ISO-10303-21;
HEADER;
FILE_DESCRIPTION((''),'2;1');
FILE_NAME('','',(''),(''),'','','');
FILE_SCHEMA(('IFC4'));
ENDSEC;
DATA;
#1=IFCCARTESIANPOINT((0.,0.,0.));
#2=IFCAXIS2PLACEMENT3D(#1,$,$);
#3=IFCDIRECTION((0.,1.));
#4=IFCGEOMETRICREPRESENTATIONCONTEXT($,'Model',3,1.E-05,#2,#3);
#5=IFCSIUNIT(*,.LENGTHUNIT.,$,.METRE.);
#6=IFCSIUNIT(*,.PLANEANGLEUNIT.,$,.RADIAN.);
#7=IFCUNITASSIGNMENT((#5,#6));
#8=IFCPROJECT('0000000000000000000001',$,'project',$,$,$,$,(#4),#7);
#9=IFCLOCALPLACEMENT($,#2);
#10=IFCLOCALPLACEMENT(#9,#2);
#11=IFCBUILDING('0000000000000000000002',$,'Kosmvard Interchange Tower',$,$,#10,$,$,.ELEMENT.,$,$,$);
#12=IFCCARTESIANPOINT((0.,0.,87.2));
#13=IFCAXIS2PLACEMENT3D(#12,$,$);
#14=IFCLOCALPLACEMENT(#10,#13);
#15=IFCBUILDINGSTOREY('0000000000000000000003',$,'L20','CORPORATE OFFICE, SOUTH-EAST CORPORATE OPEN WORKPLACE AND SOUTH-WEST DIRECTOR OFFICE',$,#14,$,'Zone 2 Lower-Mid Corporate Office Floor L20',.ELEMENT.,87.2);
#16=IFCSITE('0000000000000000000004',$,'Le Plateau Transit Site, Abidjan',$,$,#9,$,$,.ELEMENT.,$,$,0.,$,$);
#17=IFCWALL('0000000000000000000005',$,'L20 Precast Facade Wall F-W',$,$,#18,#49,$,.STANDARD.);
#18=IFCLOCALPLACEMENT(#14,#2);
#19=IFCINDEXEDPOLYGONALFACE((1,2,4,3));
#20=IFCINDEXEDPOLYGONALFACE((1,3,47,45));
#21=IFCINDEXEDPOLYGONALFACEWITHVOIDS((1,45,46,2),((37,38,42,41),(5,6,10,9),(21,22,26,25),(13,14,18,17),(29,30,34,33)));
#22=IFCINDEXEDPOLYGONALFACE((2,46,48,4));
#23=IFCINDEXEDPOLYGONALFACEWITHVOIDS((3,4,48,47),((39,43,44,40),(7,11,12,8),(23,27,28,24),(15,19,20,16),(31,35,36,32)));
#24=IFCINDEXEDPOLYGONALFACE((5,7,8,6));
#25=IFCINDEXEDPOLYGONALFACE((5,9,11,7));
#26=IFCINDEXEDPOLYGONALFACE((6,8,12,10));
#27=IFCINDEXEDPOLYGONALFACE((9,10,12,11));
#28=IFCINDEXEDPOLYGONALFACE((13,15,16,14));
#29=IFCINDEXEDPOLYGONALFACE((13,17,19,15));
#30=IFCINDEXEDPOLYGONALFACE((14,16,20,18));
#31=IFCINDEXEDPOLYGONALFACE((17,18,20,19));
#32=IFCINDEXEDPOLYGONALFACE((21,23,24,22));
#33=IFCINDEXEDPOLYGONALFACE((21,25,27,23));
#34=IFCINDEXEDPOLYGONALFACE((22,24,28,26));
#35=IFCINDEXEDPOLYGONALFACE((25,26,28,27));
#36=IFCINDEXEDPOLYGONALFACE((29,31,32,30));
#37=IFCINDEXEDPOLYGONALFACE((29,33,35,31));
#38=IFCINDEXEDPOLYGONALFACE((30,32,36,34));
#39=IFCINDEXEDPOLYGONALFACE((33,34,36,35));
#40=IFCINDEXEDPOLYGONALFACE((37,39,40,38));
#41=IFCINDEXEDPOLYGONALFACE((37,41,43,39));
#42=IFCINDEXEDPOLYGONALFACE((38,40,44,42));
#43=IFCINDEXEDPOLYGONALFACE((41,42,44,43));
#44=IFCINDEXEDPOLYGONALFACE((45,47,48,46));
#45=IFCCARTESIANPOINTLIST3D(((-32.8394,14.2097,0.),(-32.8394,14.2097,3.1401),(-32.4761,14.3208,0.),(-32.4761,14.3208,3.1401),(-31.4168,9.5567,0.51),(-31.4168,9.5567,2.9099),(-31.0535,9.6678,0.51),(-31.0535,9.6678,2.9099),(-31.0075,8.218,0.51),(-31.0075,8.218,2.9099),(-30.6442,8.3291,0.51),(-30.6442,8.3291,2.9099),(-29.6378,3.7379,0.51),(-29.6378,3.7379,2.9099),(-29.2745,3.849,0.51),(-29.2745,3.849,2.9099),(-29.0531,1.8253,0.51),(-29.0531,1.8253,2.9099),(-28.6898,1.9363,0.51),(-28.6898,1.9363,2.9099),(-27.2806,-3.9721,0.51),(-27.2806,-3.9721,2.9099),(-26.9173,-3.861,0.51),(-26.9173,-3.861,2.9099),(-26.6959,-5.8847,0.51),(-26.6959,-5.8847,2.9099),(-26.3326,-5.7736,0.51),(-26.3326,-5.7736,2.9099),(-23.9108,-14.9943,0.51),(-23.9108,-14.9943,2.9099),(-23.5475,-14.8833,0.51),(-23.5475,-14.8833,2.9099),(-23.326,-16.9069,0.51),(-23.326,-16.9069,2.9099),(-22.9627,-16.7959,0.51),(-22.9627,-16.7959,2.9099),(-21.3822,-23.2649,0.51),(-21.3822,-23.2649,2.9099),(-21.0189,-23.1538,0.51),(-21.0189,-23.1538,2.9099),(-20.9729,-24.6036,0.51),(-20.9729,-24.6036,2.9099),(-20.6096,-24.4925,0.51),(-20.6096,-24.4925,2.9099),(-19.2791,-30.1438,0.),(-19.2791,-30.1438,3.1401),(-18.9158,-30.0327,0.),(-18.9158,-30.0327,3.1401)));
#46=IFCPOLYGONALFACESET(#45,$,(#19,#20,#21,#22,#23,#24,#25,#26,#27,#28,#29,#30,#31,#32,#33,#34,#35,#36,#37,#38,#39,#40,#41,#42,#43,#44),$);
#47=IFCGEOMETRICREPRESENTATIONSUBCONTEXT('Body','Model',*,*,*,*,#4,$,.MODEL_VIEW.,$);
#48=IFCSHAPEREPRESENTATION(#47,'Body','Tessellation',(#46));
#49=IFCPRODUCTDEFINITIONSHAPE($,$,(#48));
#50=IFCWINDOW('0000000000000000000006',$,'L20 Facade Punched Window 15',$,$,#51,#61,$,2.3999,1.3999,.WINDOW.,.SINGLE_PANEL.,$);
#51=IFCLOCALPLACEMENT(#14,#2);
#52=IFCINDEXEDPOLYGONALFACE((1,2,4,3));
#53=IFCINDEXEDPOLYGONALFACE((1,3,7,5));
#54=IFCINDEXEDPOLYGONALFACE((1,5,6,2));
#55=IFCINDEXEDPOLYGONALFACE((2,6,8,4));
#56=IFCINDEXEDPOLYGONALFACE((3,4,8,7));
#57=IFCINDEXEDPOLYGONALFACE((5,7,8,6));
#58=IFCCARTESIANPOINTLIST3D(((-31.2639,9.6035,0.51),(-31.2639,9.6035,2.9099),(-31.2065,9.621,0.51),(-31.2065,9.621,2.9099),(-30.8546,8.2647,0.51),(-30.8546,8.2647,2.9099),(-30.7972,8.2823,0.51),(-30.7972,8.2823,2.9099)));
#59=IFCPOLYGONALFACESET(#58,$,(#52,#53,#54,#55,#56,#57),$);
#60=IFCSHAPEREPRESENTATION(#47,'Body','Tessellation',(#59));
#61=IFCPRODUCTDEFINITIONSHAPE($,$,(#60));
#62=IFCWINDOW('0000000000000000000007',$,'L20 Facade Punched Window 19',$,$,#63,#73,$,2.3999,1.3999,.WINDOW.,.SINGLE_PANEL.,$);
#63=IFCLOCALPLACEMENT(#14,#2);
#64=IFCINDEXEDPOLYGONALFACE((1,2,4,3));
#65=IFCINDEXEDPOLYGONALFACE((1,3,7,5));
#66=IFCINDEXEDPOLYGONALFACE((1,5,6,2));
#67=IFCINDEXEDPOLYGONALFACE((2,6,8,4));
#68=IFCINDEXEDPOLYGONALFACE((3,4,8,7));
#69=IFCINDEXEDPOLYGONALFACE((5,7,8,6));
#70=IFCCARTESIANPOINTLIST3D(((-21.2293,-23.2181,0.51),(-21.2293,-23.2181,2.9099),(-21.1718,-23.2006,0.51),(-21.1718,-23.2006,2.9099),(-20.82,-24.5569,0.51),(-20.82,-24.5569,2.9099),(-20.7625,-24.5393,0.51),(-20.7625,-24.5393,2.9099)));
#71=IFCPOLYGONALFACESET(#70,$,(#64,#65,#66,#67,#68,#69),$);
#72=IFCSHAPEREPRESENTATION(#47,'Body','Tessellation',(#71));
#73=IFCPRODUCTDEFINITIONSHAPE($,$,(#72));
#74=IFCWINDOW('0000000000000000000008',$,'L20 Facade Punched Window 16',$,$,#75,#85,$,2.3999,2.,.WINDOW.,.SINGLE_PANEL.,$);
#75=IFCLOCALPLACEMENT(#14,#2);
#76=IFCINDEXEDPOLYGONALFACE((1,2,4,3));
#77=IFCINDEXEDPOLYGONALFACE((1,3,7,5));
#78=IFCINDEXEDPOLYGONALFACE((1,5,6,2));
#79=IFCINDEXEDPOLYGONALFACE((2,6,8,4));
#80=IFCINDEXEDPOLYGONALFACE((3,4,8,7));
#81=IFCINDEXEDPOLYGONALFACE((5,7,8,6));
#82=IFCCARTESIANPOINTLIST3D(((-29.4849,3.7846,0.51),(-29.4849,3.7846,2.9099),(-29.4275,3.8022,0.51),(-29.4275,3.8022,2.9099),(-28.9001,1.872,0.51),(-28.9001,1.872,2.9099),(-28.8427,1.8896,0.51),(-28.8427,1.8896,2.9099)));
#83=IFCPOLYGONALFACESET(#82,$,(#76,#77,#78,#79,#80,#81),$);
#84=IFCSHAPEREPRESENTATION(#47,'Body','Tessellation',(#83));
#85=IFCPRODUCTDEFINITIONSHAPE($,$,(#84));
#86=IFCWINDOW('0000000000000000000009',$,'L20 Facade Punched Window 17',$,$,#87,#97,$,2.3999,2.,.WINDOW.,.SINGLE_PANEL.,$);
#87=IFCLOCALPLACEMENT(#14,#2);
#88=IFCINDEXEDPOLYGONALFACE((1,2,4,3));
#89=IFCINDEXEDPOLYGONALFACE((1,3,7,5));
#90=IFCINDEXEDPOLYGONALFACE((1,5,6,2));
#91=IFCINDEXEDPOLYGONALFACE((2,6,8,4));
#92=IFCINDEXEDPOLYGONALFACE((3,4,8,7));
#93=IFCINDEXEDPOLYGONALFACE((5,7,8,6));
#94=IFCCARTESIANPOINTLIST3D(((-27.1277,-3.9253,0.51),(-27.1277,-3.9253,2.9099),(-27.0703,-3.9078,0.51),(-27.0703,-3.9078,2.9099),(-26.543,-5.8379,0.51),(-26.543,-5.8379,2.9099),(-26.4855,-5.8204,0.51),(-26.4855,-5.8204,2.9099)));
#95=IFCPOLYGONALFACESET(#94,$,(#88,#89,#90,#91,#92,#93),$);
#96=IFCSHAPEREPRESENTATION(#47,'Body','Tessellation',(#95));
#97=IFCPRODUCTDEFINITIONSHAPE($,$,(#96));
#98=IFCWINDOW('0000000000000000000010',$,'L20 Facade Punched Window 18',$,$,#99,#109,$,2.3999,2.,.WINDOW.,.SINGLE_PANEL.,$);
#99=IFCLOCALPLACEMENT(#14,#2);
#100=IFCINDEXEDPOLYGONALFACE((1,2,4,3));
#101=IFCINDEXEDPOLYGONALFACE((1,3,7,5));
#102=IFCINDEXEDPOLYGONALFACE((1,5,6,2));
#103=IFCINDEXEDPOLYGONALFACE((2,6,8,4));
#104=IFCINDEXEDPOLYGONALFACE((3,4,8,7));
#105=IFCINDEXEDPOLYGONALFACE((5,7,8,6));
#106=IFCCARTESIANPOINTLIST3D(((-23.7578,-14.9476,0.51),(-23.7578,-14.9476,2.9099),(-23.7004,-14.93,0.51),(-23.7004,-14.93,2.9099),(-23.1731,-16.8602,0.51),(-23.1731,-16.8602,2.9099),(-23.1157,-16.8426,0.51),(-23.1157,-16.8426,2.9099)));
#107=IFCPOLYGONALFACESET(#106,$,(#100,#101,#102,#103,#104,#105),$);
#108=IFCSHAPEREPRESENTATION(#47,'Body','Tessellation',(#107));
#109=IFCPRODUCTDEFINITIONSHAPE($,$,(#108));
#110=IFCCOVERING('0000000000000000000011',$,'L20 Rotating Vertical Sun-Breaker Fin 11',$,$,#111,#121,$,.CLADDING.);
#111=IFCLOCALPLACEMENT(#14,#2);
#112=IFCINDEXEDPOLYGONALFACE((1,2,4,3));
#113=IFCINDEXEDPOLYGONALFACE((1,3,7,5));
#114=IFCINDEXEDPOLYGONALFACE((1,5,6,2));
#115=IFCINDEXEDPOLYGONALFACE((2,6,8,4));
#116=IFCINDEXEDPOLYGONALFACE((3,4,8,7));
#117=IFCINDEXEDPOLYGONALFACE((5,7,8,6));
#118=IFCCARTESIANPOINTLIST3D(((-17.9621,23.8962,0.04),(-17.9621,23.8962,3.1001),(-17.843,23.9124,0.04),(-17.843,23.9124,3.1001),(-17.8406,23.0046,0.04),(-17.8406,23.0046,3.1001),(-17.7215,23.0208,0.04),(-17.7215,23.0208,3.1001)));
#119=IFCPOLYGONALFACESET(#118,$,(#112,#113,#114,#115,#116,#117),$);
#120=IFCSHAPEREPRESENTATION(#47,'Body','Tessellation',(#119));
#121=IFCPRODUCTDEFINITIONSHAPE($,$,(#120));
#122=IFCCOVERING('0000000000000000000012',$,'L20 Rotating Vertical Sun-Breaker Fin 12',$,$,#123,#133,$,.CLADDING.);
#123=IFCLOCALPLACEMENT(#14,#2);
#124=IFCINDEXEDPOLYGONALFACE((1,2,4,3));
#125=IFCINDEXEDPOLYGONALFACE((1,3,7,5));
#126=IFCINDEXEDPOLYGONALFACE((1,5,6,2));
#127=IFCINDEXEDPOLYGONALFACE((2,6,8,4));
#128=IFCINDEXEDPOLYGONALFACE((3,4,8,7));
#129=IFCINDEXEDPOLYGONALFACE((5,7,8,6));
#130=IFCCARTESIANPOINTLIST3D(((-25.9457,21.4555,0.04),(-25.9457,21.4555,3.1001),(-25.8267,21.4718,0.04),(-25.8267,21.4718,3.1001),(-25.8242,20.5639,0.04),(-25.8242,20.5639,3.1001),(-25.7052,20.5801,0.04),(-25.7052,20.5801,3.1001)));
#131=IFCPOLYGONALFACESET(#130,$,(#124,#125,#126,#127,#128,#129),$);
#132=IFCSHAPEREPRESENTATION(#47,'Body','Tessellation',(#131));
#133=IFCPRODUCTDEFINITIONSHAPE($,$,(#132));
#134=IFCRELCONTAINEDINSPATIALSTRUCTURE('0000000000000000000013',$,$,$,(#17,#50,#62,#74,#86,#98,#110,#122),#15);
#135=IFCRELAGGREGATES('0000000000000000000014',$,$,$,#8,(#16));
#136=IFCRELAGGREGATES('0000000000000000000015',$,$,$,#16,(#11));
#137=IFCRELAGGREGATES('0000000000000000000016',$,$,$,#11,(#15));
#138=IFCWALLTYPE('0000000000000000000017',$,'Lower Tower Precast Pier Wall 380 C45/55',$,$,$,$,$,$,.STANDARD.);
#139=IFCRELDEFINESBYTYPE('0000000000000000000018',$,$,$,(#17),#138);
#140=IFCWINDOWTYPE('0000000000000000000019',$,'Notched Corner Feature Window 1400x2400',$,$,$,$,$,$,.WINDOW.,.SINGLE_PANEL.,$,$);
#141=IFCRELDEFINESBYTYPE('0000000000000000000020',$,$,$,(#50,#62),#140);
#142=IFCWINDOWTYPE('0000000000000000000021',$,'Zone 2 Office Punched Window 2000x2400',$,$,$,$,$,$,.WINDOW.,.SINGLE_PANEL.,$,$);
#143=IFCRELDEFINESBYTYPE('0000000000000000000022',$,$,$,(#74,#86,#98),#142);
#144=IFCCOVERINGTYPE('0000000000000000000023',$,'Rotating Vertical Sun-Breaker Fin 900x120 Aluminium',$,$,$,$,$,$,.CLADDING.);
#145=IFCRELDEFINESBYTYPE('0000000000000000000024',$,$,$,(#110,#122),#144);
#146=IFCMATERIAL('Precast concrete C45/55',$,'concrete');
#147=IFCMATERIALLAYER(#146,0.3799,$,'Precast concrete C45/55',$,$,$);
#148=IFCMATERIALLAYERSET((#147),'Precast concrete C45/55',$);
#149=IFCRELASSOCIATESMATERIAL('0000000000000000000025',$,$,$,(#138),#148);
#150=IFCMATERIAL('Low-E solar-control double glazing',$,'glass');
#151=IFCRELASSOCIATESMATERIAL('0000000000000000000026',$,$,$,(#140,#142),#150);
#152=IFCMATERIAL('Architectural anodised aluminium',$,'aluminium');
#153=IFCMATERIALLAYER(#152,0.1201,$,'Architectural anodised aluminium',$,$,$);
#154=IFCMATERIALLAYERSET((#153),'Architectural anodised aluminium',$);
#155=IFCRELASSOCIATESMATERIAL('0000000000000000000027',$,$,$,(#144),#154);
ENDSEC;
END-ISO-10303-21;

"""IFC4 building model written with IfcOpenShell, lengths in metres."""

from ifc_helpers import new_model, si_unit, direction, frame, frame_2d, origin, origin_2d, place, context, subcontext, project, spatial, rectangle, extrude, source, transform, mapped, material, layer, layer_set, type_object, element, fill, save


model = new_model("IFC4")

# Units and contexts
model_context = context("Model", 3, precision=1e-05, world=origin(), true_north=direction((0.0, 1.0)))
body_context = subcontext(model_context, "Body", "Model", "MODEL_VIEW")
ifc_project = project(units=[si_unit("LENGTHUNIT", "METRE"), si_unit("PLANEANGLEUNIT", "RADIAN")], contexts=[model_context])

# Site, building, storey
site_placement = place(None, origin())
site = spatial("IfcSite", under=ifc_project, at=site_placement, Name="Le Plateau Transit Site, Abidjan", CompositionType="ELEMENT", RefElevation=0.0)
building_placement = place(site_placement, origin())
building = spatial("IfcBuilding", under=site, at=building_placement, Name="Kosmvard Interchange Tower", CompositionType="ELEMENT")
storey_placement = place(building_placement, frame((0.0, 0.0, 87.2)))
storey = spatial("IfcBuildingStorey", under=building, at=storey_placement, Name="L20", Description="CORPORATE OFFICE, SOUTH-EAST CORPORATE OPEN WORKPLACE AND SOUTH-WEST DIRECTOR OFFICE", LongName="Zone 2 Lower-Mid Corporate Office Floor L20", CompositionType="ELEMENT", Elevation=87.2)

# Shared definitions
ifc_material_1 = material(Name="Precast concrete C45/55", Category="concrete")

# Shared definitions
ifc_layer_1 = layer(ifc_material_1, 0.3799, Name="Precast concrete C45/55")
ifc_layer_set_1 = layer_set([ifc_layer_1], Name="Precast concrete C45/55")
wall_type = type_object("IfcWallType", Name="Lower Tower Precast Pier Wall 380 C45/55", PredefinedType="STANDARD", material=ifc_layer_set_1)

# Shared definitions
ifc_material_2 = material(Name="Low-E solar-control double glazing", Category="glass")
window_type_1 = type_object("IfcWindowType", Name="Notched Corner Feature Window 1400x2400", PartitioningType="SINGLE_PANEL", PredefinedType="WINDOW", material=ifc_material_2)
shared_shape_1 = source(origin(), body_context, "Body", "SweptSolid", [
    extrude(rectangle(XDim=1.3999, YDim=2.3999, at=frame_2d((0.7, 1.2))), frame((0.0, 0.03, 0.0), z_axis=(0.0, -1.0, 0.0), x_axis=(1.0, 0.0, 0.0)), (0.0, 0.0, 1.0), 0.0601),
])

# Wall, openings, windows
wall_1_placement = place(storey_placement, frame((-32.6577, 14.2651, 0.0), z_axis=(0.0, 0.0, 1.0), x_axis=(0.292373, -0.956304, 0.0)))
wall_1 = element("IfcWall", 1, at=wall_1_placement, inside=storey, type_object=wall_type, Name="L20 Precast Facade Wall F-W", PredefinedType="STANDARD", context=body_context, shape_type="SweptSolid", body=[
    extrude(rectangle(XDim=46.3801, YDim=0.3799, at=frame_2d((23.1899, 0.0))), origin(), (0.0, 0.0, 1.0), 3.1401),
])
opening_1_placement = place(wall_1_placement, frame((4.8655, 0.0, 0.51)))
opening_1 = element("IfcOpeningElement", 2, at=opening_1_placement, cuts=wall_1, PredefinedType="OPENING", context=body_context, shape_type="SweptSolid", body=[
    extrude(rectangle(XDim=1.3999, YDim=2.3999, at=frame_2d((0.7, 1.2))), frame((0.0, 0.2, 0.0), z_axis=(0.0, -1.0, 0.0), x_axis=(1.0, 0.0, 0.0)), (0.0, 0.0, 1.0), 0.3999),
])
opening_2_placement = place(wall_1_placement, frame((10.9502, 0.0, 0.51)))
opening_2 = element("IfcOpeningElement", 3, at=opening_2_placement, cuts=wall_1, PredefinedType="OPENING", context=body_context, shape_type="SweptSolid", body=[
    extrude(rectangle(XDim=2.0, YDim=2.3999, at=frame_2d((1.0, 1.2))), frame((0.0, 0.2, 0.0), z_axis=(0.0, -1.0, 0.0), x_axis=(1.0, 0.0, 0.0)), (0.0, 0.0, 1.0), 0.3999),
])
opening_3_placement = place(wall_1_placement, frame((19.0125, 0.0, 0.51)))
opening_3 = element("IfcOpeningElement", 4, at=opening_3_placement, cuts=wall_1, PredefinedType="OPENING", context=body_context, shape_type="SweptSolid", body=[
    extrude(rectangle(XDim=2.0, YDim=2.3999, at=frame_2d((1.0, 1.2))), frame((0.0, 0.2, 0.0), z_axis=(0.0, -1.0, 0.0), x_axis=(1.0, 0.0, 0.0)), (0.0, 0.0, 1.0), 0.3999),
])
opening_4_placement = place(wall_1_placement, frame((30.5383, 0.0, 0.51)))
opening_4 = element("IfcOpeningElement", 5, at=opening_4_placement, cuts=wall_1, PredefinedType="OPENING", context=body_context, shape_type="SweptSolid", body=[
    extrude(rectangle(XDim=2.0, YDim=2.3999, at=frame_2d((1.0, 1.2))), frame((0.0, 0.2, 0.0), z_axis=(0.0, -1.0, 0.0), x_axis=(1.0, 0.0, 0.0)), (0.0, 0.0, 1.0), 0.3999),
])
opening_5_placement = place(wall_1_placement, frame((39.1868, 0.0, 0.51)))
opening_5 = element("IfcOpeningElement", 6, at=opening_5_placement, cuts=wall_1, PredefinedType="OPENING", context=body_context, shape_type="SweptSolid", body=[
    extrude(rectangle(XDim=1.3999, YDim=2.3999, at=frame_2d((0.7, 1.2))), frame((0.0, 0.2, 0.0), z_axis=(0.0, -1.0, 0.0), x_axis=(1.0, 0.0, 0.0)), (0.0, 0.0, 1.0), 0.3999),
])
window_1_placement = place(opening_1_placement, origin())
window_1 = element("IfcWindow", 7, at=window_1_placement, inside=storey, type_object=window_type_1, Name="L20 Facade Punched Window 15", OverallHeight=2.3999, OverallWidth=1.3999, PartitioningType="SINGLE_PANEL", PredefinedType="WINDOW", context=body_context, shape_type="MappedRepresentation", body=[
    mapped(shared_shape_1, transform((0.0, 0.0, 0.0), scale=1.0)),
])
fill(opening_1, window_1)
window_2_placement = place(opening_5_placement, origin())
window_2 = element("IfcWindow", 8, at=window_2_placement, inside=storey, type_object=window_type_1, Name="L20 Facade Punched Window 19", OverallHeight=2.3999, OverallWidth=1.3999, PartitioningType="SINGLE_PANEL", PredefinedType="WINDOW", context=body_context, shape_type="MappedRepresentation", body=[
    mapped(shared_shape_1, transform((0.0, 0.0, 0.0), scale=1.0)),
])
fill(opening_5, window_2)
window_type_2 = type_object("IfcWindowType", Name="Zone 2 Office Punched Window 2000x2400", PartitioningType="SINGLE_PANEL", PredefinedType="WINDOW", material=ifc_material_2)
shared_shape_2 = source(origin(), body_context, "Body", "SweptSolid", [
    extrude(rectangle(XDim=2.0, YDim=2.3999, at=frame_2d((1.0, 1.2))), frame((0.0, 0.03, 0.0), z_axis=(0.0, -1.0, 0.0), x_axis=(1.0, 0.0, 0.0)), (0.0, 0.0, 1.0), 0.0601),
])
window_3_placement = place(opening_2_placement, origin())
window_3 = element("IfcWindow", 9, at=window_3_placement, inside=storey, type_object=window_type_2, Name="L20 Facade Punched Window 16", OverallHeight=2.3999, OverallWidth=2.0, PartitioningType="SINGLE_PANEL", PredefinedType="WINDOW", context=body_context, shape_type="MappedRepresentation", body=[
    mapped(shared_shape_2, transform((0.0, 0.0, 0.0), scale=1.0)),
])
fill(opening_2, window_3)
window_4_placement = place(opening_3_placement, origin())
window_4 = element("IfcWindow", 10, at=window_4_placement, inside=storey, type_object=window_type_2, Name="L20 Facade Punched Window 17", OverallHeight=2.3999, OverallWidth=2.0, PartitioningType="SINGLE_PANEL", PredefinedType="WINDOW", context=body_context, shape_type="MappedRepresentation", body=[
    mapped(shared_shape_2, transform((0.0, 0.0, 0.0), scale=1.0)),
])
fill(opening_3, window_4)
window_5_placement = place(opening_4_placement, origin())
window_5 = element("IfcWindow", 11, at=window_5_placement, inside=storey, type_object=window_type_2, Name="L20 Facade Punched Window 18", OverallHeight=2.3999, OverallWidth=2.0, PartitioningType="SINGLE_PANEL", PredefinedType="WINDOW", context=body_context, shape_type="MappedRepresentation", body=[
    mapped(shared_shape_2, transform((0.0, 0.0, 0.0), scale=1.0)),
])
fill(opening_4, window_5)

# Coverings
ifc_material_3 = material(Name="Architectural anodised aluminium", Category="aluminium")
ifc_layer_2 = layer(ifc_material_3, 0.1201, Name="Architectural anodised aluminium")
ifc_layer_set_2 = layer_set([ifc_layer_2], Name="Architectural anodised aluminium")
covering_type = type_object("IfcCoveringType", Name="Rotating Vertical Sun-Breaker Fin 900x120 Aluminium", PredefinedType="CLADDING", material=ifc_layer_set_2)
shared_shape_3 = source(origin(), body_context, "Body", "SweptSolid", [
    extrude(rectangle(XDim=0.8999, YDim=0.1201, at=origin_2d()), origin(), (0.0, 0.0, 1.0), 3.0601),
])
for number, where, z_axis, x_axis, name in (
    (12, (-17.8418, 23.4585, 0.04), (0.0, 0.0, 1.0), (-0.135024, 0.990842, 0.0), "L20 Rotating Vertical Sun-Breaker Fin 11"),
    (13, (-25.8254, 21.0178, 0.04), (0.0, 0.0, 1.0), (-0.135024, 0.990842, 0.0), "L20 Rotating Vertical Sun-Breaker Fin 12"),
):
    element("IfcCovering", number, at=place(storey_placement, frame(where, z_axis=z_axis, x_axis=x_axis)), inside=storey, type_object=covering_type, Name=name, PredefinedType="CLADDING", context=body_context, shape_type="MappedRepresentation", body=[
        mapped(shared_shape_3, transform((0.0, 0.0, 0.0), scale=1.0)),
    ])

save(model, "model.ifc")
